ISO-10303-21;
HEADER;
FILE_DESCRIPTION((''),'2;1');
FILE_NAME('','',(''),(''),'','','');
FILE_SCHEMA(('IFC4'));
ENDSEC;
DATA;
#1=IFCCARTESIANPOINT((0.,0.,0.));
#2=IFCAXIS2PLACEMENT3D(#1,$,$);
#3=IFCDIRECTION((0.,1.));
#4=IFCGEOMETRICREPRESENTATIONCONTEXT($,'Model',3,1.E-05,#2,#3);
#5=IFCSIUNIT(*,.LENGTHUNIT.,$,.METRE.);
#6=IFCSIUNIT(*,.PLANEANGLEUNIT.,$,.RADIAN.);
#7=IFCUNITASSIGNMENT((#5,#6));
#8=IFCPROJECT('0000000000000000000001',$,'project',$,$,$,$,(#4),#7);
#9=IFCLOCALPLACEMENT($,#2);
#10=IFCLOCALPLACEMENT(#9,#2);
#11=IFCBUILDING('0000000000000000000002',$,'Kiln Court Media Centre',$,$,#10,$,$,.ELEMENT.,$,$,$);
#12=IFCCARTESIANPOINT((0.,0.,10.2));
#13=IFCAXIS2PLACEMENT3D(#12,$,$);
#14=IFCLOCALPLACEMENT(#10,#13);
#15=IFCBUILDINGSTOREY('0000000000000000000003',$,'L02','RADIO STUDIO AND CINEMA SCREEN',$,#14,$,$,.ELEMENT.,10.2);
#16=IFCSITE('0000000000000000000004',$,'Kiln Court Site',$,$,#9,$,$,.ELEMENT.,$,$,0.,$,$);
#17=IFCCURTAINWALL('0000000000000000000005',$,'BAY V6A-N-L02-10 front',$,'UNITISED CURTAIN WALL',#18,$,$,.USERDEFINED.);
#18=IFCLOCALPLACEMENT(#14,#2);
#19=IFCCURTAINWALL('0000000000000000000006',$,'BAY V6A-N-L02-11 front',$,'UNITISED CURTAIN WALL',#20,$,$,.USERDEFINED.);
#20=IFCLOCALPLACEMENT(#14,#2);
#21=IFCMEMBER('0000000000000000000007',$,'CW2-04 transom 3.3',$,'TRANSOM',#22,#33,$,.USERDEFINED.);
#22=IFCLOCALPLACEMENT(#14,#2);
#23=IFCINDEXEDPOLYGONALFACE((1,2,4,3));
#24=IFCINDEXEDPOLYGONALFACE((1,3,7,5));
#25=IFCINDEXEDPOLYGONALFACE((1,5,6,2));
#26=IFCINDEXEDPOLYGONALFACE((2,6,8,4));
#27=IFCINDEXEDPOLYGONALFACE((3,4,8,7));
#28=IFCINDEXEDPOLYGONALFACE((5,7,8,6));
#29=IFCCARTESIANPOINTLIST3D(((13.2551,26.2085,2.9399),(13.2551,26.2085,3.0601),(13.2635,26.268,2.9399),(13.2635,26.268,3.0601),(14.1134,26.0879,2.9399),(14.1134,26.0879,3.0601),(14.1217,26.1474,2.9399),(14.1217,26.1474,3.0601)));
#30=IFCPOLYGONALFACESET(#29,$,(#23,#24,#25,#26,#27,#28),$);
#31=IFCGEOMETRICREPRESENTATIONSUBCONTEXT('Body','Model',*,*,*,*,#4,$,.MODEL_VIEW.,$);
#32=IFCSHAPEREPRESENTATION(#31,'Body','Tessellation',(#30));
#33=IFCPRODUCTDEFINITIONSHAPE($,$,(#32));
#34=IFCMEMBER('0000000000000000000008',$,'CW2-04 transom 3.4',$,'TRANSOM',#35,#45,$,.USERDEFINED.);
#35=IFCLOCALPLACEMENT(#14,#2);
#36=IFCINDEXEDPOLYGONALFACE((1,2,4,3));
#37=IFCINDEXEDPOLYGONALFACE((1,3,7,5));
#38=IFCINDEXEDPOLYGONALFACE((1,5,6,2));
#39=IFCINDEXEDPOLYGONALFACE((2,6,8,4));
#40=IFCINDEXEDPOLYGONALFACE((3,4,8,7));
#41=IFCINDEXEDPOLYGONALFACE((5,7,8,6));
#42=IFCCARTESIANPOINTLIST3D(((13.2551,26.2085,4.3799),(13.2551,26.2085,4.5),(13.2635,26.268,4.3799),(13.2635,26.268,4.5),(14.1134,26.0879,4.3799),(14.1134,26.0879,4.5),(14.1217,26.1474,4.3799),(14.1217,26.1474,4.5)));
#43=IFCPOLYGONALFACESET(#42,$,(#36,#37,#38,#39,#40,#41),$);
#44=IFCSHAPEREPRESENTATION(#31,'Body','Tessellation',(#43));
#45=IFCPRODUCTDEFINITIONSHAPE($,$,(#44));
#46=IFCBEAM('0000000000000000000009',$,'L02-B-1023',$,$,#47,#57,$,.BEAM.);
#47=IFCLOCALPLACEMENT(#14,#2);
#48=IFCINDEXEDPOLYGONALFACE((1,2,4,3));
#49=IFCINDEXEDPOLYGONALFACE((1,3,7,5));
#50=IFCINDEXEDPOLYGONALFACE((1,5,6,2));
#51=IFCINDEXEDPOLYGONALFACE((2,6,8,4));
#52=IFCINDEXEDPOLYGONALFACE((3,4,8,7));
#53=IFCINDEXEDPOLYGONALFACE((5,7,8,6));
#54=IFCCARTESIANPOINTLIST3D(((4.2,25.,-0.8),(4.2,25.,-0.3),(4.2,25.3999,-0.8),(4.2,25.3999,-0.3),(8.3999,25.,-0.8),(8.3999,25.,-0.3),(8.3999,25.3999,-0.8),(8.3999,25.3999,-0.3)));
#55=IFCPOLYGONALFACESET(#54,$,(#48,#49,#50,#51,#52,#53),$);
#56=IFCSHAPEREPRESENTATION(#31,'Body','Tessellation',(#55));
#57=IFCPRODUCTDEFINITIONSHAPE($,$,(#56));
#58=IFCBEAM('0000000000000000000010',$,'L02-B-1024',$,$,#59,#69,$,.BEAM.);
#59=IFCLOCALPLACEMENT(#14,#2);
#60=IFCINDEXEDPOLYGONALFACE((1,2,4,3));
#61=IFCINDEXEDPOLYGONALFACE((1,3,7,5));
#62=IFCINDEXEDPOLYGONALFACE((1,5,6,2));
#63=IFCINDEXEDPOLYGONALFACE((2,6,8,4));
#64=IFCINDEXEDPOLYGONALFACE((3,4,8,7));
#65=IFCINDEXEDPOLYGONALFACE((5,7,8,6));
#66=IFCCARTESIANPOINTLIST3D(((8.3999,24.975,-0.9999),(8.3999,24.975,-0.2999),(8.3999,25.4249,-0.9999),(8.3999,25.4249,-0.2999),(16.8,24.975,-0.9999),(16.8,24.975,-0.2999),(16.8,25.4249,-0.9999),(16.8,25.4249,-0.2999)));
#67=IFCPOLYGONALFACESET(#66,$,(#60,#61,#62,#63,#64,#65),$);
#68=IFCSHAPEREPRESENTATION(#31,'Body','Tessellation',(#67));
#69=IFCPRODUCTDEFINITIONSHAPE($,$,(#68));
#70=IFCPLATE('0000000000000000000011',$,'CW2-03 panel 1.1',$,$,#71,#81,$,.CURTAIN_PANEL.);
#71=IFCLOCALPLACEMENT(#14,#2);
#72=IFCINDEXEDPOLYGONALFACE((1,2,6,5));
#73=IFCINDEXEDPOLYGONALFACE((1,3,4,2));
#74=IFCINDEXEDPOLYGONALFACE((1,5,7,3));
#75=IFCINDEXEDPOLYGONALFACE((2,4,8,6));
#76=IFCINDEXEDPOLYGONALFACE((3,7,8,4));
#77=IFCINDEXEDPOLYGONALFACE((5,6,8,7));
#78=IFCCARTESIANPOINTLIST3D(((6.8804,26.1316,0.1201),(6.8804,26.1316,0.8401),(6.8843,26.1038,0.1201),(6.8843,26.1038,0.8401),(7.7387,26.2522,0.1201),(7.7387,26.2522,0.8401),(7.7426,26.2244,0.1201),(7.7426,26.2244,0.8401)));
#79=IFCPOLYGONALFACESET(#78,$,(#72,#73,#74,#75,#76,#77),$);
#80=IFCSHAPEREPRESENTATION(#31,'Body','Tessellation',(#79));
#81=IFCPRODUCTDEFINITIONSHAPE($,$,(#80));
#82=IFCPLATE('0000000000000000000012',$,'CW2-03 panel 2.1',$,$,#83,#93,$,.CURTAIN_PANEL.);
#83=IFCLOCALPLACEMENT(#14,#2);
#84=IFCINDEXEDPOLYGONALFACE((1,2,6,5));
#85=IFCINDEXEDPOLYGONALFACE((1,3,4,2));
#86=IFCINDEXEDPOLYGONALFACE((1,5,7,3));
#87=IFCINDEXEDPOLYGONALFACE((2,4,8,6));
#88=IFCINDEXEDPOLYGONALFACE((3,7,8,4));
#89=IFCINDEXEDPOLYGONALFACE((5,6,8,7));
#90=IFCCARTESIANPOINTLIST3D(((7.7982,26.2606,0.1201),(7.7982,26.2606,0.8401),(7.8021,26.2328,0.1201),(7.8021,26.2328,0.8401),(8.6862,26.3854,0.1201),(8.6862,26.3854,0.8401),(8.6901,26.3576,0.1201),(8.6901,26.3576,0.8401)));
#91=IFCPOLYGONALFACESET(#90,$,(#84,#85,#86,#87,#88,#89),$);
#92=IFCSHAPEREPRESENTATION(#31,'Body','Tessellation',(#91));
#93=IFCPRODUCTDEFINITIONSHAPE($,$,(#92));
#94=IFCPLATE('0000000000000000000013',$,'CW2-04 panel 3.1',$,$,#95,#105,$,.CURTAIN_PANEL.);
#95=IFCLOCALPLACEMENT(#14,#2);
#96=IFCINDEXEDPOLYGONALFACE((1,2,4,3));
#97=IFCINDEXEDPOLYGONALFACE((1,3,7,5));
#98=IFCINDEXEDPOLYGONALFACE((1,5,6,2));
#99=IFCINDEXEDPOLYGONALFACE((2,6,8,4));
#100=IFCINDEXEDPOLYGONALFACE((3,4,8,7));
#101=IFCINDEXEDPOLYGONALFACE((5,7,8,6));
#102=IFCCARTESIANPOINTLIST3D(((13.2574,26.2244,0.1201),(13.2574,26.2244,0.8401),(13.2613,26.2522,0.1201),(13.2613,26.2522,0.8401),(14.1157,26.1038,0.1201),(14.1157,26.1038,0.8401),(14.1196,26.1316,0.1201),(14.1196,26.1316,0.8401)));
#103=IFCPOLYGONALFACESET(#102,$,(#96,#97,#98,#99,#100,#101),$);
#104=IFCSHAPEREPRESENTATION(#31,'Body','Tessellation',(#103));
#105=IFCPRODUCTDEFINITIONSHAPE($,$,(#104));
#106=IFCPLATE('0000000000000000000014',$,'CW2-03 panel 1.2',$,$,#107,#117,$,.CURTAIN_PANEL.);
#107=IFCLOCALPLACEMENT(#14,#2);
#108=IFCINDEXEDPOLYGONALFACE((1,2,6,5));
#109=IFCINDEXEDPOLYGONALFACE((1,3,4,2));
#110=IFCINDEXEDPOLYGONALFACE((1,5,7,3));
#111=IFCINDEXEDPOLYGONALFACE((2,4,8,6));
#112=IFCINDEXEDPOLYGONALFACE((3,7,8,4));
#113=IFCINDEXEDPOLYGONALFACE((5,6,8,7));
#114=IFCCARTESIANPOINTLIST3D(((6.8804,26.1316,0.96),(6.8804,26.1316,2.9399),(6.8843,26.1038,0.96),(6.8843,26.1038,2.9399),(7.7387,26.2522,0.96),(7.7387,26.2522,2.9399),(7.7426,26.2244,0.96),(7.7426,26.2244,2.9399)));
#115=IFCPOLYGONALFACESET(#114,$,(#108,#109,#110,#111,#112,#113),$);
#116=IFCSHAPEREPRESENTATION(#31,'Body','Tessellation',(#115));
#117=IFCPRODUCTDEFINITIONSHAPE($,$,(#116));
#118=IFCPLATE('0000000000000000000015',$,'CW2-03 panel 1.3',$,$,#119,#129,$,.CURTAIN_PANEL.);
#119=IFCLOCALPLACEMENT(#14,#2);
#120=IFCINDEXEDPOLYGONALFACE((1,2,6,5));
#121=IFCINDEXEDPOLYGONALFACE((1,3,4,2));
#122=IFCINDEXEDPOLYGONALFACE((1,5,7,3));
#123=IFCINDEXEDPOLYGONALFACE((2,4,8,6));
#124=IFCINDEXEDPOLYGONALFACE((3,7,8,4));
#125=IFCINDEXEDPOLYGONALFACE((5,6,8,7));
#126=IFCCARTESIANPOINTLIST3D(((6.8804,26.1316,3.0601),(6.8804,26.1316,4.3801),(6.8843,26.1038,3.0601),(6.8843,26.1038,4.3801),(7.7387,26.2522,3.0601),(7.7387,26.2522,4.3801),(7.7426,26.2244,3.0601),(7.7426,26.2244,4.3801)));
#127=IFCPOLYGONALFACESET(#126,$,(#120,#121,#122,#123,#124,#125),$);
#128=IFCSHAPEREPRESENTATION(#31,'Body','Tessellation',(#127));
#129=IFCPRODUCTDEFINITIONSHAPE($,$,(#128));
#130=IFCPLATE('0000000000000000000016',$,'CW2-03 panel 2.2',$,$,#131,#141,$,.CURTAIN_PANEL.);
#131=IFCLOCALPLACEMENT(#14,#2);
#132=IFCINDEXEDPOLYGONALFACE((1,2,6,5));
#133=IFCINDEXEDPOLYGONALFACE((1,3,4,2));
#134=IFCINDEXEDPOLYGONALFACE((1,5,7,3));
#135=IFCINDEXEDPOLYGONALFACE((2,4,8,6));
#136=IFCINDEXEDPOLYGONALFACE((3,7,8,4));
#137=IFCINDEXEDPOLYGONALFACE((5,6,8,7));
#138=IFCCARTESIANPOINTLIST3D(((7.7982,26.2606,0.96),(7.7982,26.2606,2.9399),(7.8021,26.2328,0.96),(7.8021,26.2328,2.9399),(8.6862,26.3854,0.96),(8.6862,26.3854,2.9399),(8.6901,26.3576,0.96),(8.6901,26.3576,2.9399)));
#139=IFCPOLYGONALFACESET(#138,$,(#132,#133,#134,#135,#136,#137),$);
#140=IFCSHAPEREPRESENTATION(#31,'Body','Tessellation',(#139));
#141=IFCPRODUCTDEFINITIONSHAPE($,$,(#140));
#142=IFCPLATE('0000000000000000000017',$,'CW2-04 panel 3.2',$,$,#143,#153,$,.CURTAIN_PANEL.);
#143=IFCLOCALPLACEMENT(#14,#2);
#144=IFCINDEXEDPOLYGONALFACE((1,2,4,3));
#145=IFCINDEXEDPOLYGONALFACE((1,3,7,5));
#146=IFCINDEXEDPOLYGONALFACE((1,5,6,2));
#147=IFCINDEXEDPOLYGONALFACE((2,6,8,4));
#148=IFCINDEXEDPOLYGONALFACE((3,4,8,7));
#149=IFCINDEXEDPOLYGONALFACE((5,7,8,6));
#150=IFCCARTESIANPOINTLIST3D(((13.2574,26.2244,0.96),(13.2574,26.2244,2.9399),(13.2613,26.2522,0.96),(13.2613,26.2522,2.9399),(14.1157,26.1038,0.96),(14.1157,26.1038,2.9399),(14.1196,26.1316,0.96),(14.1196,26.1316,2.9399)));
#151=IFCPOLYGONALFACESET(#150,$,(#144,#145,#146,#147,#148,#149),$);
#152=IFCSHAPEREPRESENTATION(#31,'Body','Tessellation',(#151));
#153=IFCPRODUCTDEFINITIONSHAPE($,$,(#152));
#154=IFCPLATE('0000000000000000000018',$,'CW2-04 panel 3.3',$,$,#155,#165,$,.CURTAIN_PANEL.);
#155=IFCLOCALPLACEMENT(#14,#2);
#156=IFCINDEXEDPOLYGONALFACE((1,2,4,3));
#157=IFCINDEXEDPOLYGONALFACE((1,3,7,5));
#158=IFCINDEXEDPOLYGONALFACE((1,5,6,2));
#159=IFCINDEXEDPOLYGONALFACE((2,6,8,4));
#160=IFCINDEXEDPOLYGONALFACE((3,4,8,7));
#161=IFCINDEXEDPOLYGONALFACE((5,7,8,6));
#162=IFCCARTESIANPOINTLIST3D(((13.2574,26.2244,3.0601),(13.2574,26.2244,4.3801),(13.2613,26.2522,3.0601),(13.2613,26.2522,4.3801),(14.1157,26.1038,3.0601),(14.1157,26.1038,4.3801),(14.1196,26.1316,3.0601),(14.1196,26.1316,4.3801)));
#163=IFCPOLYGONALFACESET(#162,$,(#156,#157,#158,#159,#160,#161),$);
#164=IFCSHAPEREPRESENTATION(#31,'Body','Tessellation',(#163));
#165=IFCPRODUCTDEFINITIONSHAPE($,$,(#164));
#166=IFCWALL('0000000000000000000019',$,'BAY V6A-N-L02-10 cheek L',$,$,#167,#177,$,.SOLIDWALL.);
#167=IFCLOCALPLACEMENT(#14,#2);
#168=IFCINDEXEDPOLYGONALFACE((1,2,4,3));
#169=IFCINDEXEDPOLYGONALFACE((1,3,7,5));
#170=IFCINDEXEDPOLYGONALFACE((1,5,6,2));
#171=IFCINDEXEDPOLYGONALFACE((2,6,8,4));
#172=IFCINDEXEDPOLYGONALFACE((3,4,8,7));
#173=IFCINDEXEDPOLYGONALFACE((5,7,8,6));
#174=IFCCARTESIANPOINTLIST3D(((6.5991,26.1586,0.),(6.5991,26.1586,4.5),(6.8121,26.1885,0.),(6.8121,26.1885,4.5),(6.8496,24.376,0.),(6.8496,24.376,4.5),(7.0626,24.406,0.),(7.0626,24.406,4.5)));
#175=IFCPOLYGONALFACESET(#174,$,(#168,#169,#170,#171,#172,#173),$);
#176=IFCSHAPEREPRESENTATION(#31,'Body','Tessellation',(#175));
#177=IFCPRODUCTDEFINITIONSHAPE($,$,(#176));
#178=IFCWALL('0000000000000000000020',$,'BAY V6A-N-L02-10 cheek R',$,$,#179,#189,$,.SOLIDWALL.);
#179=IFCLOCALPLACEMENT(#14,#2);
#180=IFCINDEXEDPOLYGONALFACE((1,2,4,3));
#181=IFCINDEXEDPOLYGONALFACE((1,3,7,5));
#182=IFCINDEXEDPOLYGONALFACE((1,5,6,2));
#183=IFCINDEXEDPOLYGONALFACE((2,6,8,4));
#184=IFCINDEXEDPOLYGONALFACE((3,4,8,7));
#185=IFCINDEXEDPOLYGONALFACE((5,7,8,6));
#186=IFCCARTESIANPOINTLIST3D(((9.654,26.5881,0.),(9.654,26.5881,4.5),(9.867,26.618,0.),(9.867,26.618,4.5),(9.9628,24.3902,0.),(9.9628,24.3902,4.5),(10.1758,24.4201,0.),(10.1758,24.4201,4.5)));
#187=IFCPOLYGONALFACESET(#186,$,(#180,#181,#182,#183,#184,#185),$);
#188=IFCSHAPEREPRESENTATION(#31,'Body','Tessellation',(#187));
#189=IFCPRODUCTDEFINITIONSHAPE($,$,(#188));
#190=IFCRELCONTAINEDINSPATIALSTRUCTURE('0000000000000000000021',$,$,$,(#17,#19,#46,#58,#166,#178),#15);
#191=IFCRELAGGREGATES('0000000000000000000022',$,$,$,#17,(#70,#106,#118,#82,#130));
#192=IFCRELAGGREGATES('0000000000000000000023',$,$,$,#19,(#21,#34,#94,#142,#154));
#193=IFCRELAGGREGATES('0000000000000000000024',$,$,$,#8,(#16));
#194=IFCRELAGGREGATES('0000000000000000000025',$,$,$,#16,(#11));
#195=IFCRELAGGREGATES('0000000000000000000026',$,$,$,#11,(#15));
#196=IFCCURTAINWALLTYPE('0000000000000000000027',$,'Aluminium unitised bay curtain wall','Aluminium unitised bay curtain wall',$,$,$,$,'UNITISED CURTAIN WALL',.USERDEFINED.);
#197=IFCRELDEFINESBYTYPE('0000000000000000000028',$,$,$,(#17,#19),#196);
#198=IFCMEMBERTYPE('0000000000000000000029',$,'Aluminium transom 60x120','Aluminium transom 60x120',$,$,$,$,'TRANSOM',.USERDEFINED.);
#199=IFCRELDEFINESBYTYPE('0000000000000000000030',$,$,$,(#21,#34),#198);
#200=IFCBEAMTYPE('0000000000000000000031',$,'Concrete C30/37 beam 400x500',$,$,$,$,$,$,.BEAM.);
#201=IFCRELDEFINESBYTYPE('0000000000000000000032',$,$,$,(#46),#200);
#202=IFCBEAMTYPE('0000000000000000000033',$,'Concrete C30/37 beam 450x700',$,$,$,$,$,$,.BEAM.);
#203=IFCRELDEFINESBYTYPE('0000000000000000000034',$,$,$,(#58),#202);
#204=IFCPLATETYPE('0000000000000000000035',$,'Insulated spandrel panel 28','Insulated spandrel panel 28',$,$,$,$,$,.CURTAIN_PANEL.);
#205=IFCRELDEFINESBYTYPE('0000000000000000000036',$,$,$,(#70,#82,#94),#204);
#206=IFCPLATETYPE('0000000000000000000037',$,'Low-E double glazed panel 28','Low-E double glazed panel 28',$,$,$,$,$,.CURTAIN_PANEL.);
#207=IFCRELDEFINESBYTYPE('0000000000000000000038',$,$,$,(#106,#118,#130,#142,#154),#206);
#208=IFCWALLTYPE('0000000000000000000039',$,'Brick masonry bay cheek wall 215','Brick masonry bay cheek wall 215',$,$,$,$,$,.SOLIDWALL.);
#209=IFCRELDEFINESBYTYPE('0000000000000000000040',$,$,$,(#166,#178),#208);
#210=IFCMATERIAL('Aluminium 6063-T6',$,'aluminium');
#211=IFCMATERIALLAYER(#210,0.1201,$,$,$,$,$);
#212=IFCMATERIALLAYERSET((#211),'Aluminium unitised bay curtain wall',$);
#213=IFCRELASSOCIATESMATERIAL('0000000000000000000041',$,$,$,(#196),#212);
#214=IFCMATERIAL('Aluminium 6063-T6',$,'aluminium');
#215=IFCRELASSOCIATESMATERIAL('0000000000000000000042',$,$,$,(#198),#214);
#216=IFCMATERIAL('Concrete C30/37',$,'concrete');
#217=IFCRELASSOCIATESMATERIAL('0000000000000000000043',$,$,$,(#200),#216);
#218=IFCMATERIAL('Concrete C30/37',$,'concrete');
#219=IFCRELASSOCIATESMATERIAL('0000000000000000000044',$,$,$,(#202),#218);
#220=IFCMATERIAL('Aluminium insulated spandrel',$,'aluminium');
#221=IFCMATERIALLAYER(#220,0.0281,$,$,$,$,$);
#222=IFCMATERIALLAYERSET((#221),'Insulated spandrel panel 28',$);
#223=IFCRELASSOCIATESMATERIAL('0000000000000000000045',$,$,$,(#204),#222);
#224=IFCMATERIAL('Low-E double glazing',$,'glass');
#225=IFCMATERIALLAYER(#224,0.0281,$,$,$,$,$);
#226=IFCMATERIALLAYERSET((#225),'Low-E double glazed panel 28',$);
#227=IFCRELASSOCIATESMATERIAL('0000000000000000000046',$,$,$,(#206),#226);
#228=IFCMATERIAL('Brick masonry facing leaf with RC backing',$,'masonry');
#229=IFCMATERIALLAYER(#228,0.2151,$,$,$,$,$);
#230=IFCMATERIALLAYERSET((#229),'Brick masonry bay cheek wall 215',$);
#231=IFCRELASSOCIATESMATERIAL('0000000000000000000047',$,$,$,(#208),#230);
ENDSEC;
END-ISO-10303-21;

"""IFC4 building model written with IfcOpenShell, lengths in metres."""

from ifc_helpers import new_model, si_unit, direction, frame, frame_2d, origin, origin_2d, place, context, subcontext, project, spatial, rectangle, extrude, material, layer, layer_set, material_profile, profile_set, type_object, element, aggregate, save


model = new_model("IFC4")

# Units and contexts
model_context = context("Model", 3, precision=1e-05, world=origin(), true_north=direction((0.0, 1.0)))
body_context = subcontext(model_context, "Body", "Model", "MODEL_VIEW")
ifc_project = project(units=[si_unit("LENGTHUNIT", "METRE"), si_unit("PLANEANGLEUNIT", "RADIAN")], contexts=[model_context])

# Site, building, storey
site_placement = place(None, origin())
site = spatial("IfcSite", under=ifc_project, at=site_placement, Name="Kiln Court Site", CompositionType="ELEMENT", RefElevation=0.0)
building_placement = place(site_placement, origin())
building = spatial("IfcBuilding", under=site, at=building_placement, Name="Kiln Court Media Centre", CompositionType="ELEMENT")
storey_placement = place(building_placement, frame((0.0, 0.0, 10.2)))
storey = spatial("IfcBuildingStorey", under=building, at=storey_placement, Name="L02", Description="RADIO STUDIO AND CINEMA SCREEN", CompositionType="ELEMENT", Elevation=10.2)

# Curtain wall
ifc_material_1 = material(Name="Aluminium 6063-T6", Category="aluminium")
ifc_layer_1 = layer(ifc_material_1, 0.1201)
ifc_layer_set_1 = layer_set([ifc_layer_1], Name="Aluminium unitised bay curtain wall")
curtain_wall_type = type_object("IfcCurtainWallType", Name="Aluminium unitised bay curtain wall", Description="Aluminium unitised bay curtain wall", ElementType="UNITISED CURTAIN WALL", PredefinedType="USERDEFINED", material=ifc_layer_set_1)
curtain_wall_1_placement = place(storey_placement, origin())
curtain_wall_1 = element("IfcCurtainWall", 1, at=curtain_wall_1_placement, inside=storey, type_object=curtain_wall_type, Name="BAY V6A-N-L02-10 front", ObjectType="UNITISED CURTAIN WALL", PredefinedType="USERDEFINED")

# Curtain wall
curtain_wall_2_placement = place(storey_placement, origin())
curtain_wall_2 = element("IfcCurtainWall", 2, at=curtain_wall_2_placement, inside=storey, type_object=curtain_wall_type, Name="BAY V6A-N-L02-11 front", ObjectType="UNITISED CURTAIN WALL", PredefinedType="USERDEFINED")

# Members
ifc_material_2 = material(Name="Aluminium 6063-T6", Category="aluminium")
ifc_material_profile_1 = material_profile(ifc_material_2, rectangle(XDim=0.0601, YDim=0.1201, at=origin_2d()), Name="Aluminium transom 60x120")
ifc_profile_set_1 = profile_set([ifc_material_profile_1], Name="Aluminium 6063-T6")
member_type_1 = type_object("IfcMemberType", Name="Aluminium transom 60x120", Description="Aluminium transom 60x120", ElementType="TRANSOM", PredefinedType="USERDEFINED", material=ifc_profile_set_1)
member_1_placement = place(storey_placement, frame((13.2593, 26.2383, 3.0), z_axis=(0.990268, -0.139173, 0.0), x_axis=(0.139173, 0.990268, 0.0)))
member_1 = element("IfcMember", 3, at=member_1_placement, type_object=member_type_1, Name="CW2-04 transom 3.3", ObjectType="TRANSOM", PredefinedType="USERDEFINED", context=body_context, shape_type="SweptSolid", body=[
    extrude(rectangle(XDim=0.0601, YDim=0.1201, at=origin_2d()), origin(), (0.0, 0.0, 1.0), 0.8667),
])
member_2_placement = place(storey_placement, frame((13.2593, 26.2383, 4.4399), z_axis=(0.990268, -0.139173, 0.0), x_axis=(0.139173, 0.990268, 0.0)))
member_2 = element("IfcMember", 4, at=member_2_placement, type_object=member_type_1, Name="CW2-04 transom 3.4", ObjectType="TRANSOM", PredefinedType="USERDEFINED", context=body_context, shape_type="SweptSolid", body=[
    extrude(rectangle(XDim=0.0601, YDim=0.1201, at=origin_2d()), origin(), (0.0, 0.0, 1.0), 0.8667),
])

# Beams
ifc_material_3 = material(Name="Concrete C30/37", Category="concrete")
ifc_material_profile_2 = material_profile(ifc_material_3, rectangle(XDim=0.3999, YDim=0.5, at=origin_2d()), Name="RC 400x500")
ifc_profile_set_2 = profile_set([ifc_material_profile_2], Name="Concrete C30/37")
beam_type_1 = type_object("IfcBeamType", Name="Concrete C30/37 beam 400x500", PredefinedType="BEAM", material=ifc_profile_set_2)
beam_1_placement = place(storey_placement, frame((4.2, 25.2, -0.55), z_axis=(1.0, 0.0, 0.0), x_axis=(0.0, 1.0, 0.0)))
element("IfcBeam", 5, at=beam_1_placement, inside=storey, type_object=beam_type_1, Name="L02-B-1023", PredefinedType="BEAM", context=body_context, shape_type="SweptSolid", body=[
    extrude(rectangle(XDim=0.3999, YDim=0.5, at=origin_2d()), origin(), (0.0, 0.0, 1.0), 4.2),
])
ifc_material_4 = material(Name="Concrete C30/37", Category="concrete")
ifc_material_profile_3 = material_profile(ifc_material_4, rectangle(XDim=0.45, YDim=0.7, at=origin_2d()), Name="RC 450x700")
ifc_profile_set_3 = profile_set([ifc_material_profile_3], Name="Concrete C30/37")
beam_type_2 = type_object("IfcBeamType", Name="Concrete C30/37 beam 450x700", PredefinedType="BEAM", material=ifc_profile_set_3)
beam_2_placement = place(storey_placement, frame((8.3999, 25.2, -0.6499), z_axis=(1.0, 0.0, 0.0), x_axis=(0.0, 1.0, 0.0)))
element("IfcBeam", 6, at=beam_2_placement, inside=storey, type_object=beam_type_2, Name="L02-B-1024", PredefinedType="BEAM", context=body_context, shape_type="SweptSolid", body=[
    extrude(rectangle(XDim=0.45, YDim=0.7, at=origin_2d()), origin(), (0.0, 0.0, 1.0), 8.4001),
])

# Plates
ifc_material_5 = material(Name="Aluminium insulated spandrel", Category="aluminium")
ifc_layer_2 = layer(ifc_material_5, 0.0281)
ifc_layer_set_2 = layer_set([ifc_layer_2], Name="Insulated spandrel panel 28")
plate_type_1 = type_object("IfcPlateType", Name="Insulated spandrel panel 28", Description="Insulated spandrel panel 28", PredefinedType="CURTAIN_PANEL", material=ifc_layer_set_2)
plate_1_placement = place(storey_placement, frame((7.3115, 26.178, 0.1201), z_axis=(0.0, 0.0, 1.0), x_axis=(0.99027, 0.139162, 0.0)))
plate_1 = element("IfcPlate", 7, at=plate_1_placement, type_object=plate_type_1, Name="CW2-03 panel 1.1", PredefinedType="CURTAIN_PANEL", context=body_context, shape_type="SweptSolid", body=[
    extrude(rectangle(XDim=0.8667, YDim=0.0281, at=origin_2d()), origin(), (0.0, 0.0, 1.0), 0.72),
])
plate_2_placement = place(storey_placement, frame((8.2441, 26.3091, 0.1201), z_axis=(0.0, 0.0, 1.0), x_axis=(0.99027, 0.139162, 0.0)))
plate_2 = element("IfcPlate", 8, at=plate_2_placement, type_object=plate_type_1, Name="CW2-03 panel 2.1", PredefinedType="CURTAIN_PANEL", context=body_context, shape_type="SweptSolid", body=[
    extrude(rectangle(XDim=0.8967, YDim=0.0281, at=origin_2d()), origin(), (0.0, 0.0, 1.0), 0.72),
])
plate_3_placement = place(storey_placement, frame((13.6885, 26.178, 0.1201), z_axis=(0.0, 0.0, 1.0), x_axis=(0.99027, -0.139162, 0.0)))
plate_3 = element("IfcPlate", 9, at=plate_3_placement, type_object=plate_type_1, Name="CW2-04 panel 3.1", PredefinedType="CURTAIN_PANEL", context=body_context, shape_type="SweptSolid", body=[
    extrude(rectangle(XDim=0.8667, YDim=0.0281, at=origin_2d()), origin(), (0.0, 0.0, 1.0), 0.72),
])
ifc_material_6 = material(Name="Low-E double glazing", Category="glass")
ifc_layer_3 = layer(ifc_material_6, 0.0281)
ifc_layer_set_3 = layer_set([ifc_layer_3], Name="Low-E double glazed panel 28")
plate_type_2 = type_object("IfcPlateType", Name="Low-E double glazed panel 28", Description="Low-E double glazed panel 28", PredefinedType="CURTAIN_PANEL", material=ifc_layer_set_3)
plate_4_placement = place(storey_placement, frame((7.3115, 26.178, 0.96), z_axis=(0.0, 0.0, 1.0), x_axis=(0.99027, 0.139162, 0.0)))
plate_4 = element("IfcPlate", 10, at=plate_4_placement, type_object=plate_type_2, Name="CW2-03 panel 1.2", PredefinedType="CURTAIN_PANEL", context=body_context, shape_type="SweptSolid", body=[
    extrude(rectangle(XDim=0.8667, YDim=0.0281, at=origin_2d()), origin(), (0.0, 0.0, 1.0), 1.98),
])
plate_5_placement = place(storey_placement, frame((7.3115, 26.178, 3.0601), z_axis=(0.0, 0.0, 1.0), x_axis=(0.99027, 0.139162, 0.0)))
plate_5 = element("IfcPlate", 11, at=plate_5_placement, type_object=plate_type_2, Name="CW2-03 panel 1.3", PredefinedType="CURTAIN_PANEL", context=body_context, shape_type="SweptSolid", body=[
    extrude(rectangle(XDim=0.8667, YDim=0.0281, at=origin_2d()), origin(), (0.0, 0.0, 1.0), 1.3201),
])
plate_6_placement = place(storey_placement, frame((8.2441, 26.3091, 0.96), z_axis=(0.0, 0.0, 1.0), x_axis=(0.99027, 0.139162, 0.0)))
plate_6 = element("IfcPlate", 12, at=plate_6_placement, type_object=plate_type_2, Name="CW2-03 panel 2.2", PredefinedType="CURTAIN_PANEL", context=body_context, shape_type="SweptSolid", body=[
    extrude(rectangle(XDim=0.8967, YDim=0.0281, at=origin_2d()), origin(), (0.0, 0.0, 1.0), 1.98),
])
aggregate(curtain_wall_1, [plate_1, plate_4, plate_5, plate_2, plate_6])
plate_7_placement = place(storey_placement, frame((13.6885, 26.178, 0.96), z_axis=(0.0, 0.0, 1.0), x_axis=(0.99027, -0.139162, 0.0)))
plate_7 = element("IfcPlate", 13, at=plate_7_placement, type_object=plate_type_2, Name="CW2-04 panel 3.2", PredefinedType="CURTAIN_PANEL", context=body_context, shape_type="SweptSolid", body=[
    extrude(rectangle(XDim=0.8667, YDim=0.0281, at=origin_2d()), origin(), (0.0, 0.0, 1.0), 1.98),
])
plate_8_placement = place(storey_placement, frame((13.6885, 26.178, 3.0601), z_axis=(0.0, 0.0, 1.0), x_axis=(0.99027, -0.139162, 0.0)))
plate_8 = element("IfcPlate", 14, at=plate_8_placement, type_object=plate_type_2, Name="CW2-04 panel 3.3", PredefinedType="CURTAIN_PANEL", context=body_context, shape_type="SweptSolid", body=[
    extrude(rectangle(XDim=0.8667, YDim=0.0281, at=origin_2d()), origin(), (0.0, 0.0, 1.0), 1.3201),
])
aggregate(curtain_wall_2, [member_1, member_2, plate_3, plate_7, plate_8])

# Walls
ifc_material_7 = material(Name="Brick masonry facing leaf with RC backing", Category="masonry")
ifc_layer_4 = layer(ifc_material_7, 0.2151)
ifc_layer_set_4 = layer_set([ifc_layer_4], Name="Brick masonry bay cheek wall 215")
wall_type_1 = type_object("IfcWallType", Name="Brick masonry bay cheek wall 215", Description="Brick masonry bay cheek wall 215", PredefinedType="SOLIDWALL", material=ifc_layer_set_4)
wall_1_placement = place(storey_placement, frame((6.9561, 24.3911, 0.0), z_axis=(0.0, 0.0, 1.0), x_axis=(-0.139161, 0.99027, 0.0)))
element("IfcWall", 15, at=wall_1_placement, inside=storey, type_object=wall_type_1, Name="BAY V6A-N-L02-10 cheek L", PredefinedType="SOLIDWALL", context=body_context, shape_type="SweptSolid", body=[
    extrude(rectangle(XDim=1.8, YDim=0.2151, at=frame_2d((0.8999, 0.0))), origin(), (0.0, 0.0, 1.0), 4.5),
])
for number, where, z_axis, x_axis, name in (
    (16, (10.0693, 24.405, 0.0), (0.0, 0.0, 1.0), (-0.139142, 0.990272, 0.0), "BAY V6A-N-L02-10 cheek R"),
):
    element("IfcWall", number, at=place(storey_placement, frame(where, z_axis=z_axis, x_axis=x_axis)), inside=storey, type_object=wall_type_1, Name=name, PredefinedType="SOLIDWALL", context=body_context, shape_type="SweptSolid", body=[
        extrude(rectangle(XDim=2.2195, YDim=0.2151, at=frame_2d((1.1099, 0.0))), origin(), (0.0, 0.0, 1.0), 4.5),
    ])

save(model, "model.ifc")
